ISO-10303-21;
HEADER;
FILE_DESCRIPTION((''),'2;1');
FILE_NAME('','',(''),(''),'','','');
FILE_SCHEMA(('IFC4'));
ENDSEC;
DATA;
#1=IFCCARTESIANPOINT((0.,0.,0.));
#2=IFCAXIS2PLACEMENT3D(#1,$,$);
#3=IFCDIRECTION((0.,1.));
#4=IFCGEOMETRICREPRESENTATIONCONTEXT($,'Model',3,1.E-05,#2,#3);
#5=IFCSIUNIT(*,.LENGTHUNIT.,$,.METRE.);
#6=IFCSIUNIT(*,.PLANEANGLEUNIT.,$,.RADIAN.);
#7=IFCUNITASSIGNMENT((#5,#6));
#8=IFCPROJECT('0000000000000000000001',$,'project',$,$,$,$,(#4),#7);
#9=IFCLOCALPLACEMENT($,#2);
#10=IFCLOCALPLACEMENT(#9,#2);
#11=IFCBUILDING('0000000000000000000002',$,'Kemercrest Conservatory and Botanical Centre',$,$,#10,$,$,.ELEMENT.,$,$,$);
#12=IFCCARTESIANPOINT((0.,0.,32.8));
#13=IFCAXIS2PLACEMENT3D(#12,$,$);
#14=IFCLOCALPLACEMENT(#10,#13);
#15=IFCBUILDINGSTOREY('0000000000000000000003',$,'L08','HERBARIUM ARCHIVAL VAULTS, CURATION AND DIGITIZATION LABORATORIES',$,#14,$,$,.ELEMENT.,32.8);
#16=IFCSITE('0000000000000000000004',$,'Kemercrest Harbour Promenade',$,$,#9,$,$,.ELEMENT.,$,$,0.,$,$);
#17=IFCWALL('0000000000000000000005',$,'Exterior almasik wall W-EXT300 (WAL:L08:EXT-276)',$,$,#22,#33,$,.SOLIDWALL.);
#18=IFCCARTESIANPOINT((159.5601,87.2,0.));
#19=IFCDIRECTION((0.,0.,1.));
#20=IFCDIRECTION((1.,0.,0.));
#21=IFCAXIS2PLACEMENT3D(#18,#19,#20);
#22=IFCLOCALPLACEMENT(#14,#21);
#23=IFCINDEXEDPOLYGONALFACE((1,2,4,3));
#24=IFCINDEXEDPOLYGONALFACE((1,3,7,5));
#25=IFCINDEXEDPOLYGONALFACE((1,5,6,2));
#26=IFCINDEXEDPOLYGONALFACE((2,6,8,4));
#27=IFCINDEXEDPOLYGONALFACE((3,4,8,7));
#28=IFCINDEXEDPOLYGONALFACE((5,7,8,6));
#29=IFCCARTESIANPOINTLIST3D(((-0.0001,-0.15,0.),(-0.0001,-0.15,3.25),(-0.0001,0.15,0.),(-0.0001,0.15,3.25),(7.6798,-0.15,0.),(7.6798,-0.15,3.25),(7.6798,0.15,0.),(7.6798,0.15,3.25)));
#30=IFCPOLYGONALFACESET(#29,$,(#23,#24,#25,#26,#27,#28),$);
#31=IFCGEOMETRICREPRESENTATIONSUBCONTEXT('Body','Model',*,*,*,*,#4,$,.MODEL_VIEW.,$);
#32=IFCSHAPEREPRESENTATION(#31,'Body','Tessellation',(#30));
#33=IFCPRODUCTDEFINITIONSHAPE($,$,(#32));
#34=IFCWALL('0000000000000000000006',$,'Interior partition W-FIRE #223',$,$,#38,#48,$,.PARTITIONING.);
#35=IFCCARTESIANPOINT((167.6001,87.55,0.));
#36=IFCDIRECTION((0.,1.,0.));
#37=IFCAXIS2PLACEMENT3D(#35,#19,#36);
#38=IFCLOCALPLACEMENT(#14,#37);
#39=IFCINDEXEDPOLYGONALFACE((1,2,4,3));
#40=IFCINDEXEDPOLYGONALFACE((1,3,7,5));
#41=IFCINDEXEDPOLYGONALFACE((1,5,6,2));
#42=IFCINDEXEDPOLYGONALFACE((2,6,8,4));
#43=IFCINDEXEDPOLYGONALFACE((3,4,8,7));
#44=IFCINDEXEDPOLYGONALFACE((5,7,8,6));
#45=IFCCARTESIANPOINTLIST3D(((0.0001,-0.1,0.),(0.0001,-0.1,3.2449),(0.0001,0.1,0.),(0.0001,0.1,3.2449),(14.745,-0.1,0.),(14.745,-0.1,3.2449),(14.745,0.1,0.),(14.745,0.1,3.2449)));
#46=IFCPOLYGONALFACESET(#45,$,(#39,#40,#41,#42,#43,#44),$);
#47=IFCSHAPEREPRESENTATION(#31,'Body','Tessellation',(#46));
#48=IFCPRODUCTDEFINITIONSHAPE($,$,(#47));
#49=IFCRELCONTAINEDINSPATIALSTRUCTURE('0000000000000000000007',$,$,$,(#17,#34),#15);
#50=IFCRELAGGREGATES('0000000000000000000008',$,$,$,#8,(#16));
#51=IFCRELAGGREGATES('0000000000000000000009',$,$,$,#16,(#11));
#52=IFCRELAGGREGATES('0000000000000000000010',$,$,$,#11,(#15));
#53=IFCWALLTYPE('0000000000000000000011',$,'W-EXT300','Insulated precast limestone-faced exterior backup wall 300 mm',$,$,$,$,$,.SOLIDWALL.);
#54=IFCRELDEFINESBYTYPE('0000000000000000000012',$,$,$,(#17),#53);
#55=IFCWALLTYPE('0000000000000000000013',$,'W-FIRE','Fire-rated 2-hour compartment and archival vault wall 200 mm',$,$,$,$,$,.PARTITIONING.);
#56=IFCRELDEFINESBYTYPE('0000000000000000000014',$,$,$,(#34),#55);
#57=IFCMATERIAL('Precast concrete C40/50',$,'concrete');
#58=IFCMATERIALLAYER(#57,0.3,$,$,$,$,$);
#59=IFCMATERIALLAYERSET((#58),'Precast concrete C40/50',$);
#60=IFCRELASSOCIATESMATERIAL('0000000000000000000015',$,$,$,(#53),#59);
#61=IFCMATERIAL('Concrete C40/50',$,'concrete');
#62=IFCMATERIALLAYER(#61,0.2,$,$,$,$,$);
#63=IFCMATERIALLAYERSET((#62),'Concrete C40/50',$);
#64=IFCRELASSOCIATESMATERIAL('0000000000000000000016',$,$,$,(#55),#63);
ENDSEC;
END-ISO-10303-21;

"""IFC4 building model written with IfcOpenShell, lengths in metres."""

from ifc_helpers import new_model, si_unit, direction, frame, frame_2d, origin, place, context, subcontext, project, spatial, rectangle, extrude, material, layer, layer_set, type_object, element, save


model = new_model("IFC4")

# Units and contexts
model_context = context("Model", 3, precision=1e-05, world=origin(), true_north=direction((0.0, 1.0)))
body_context = subcontext(model_context, "Body", "Model", "MODEL_VIEW")
ifc_project = project(units=[si_unit("LENGTHUNIT", "METRE"), si_unit("PLANEANGLEUNIT", "RADIAN")], contexts=[model_context])

# Site, building, storey
site_placement = place(None, origin())
site = spatial("IfcSite", under=ifc_project, at=site_placement, Name="Kemercrest Harbour Promenade", CompositionType="ELEMENT", RefElevation=0.0)
building_placement = place(site_placement, origin())
building = spatial("IfcBuilding", under=site, at=building_placement, Name="Kemercrest Conservatory and Botanical Centre", CompositionType="ELEMENT")
storey_placement = place(building_placement, frame((0.0, 0.0, 32.8)))
storey = spatial("IfcBuildingStorey", under=building, at=storey_placement, Name="L08", Description="HERBARIUM ARCHIVAL VAULTS, CURATION AND DIGITIZATION LABORATORIES", CompositionType="ELEMENT", Elevation=32.8)

# Shared definitions
ifc_material_1 = material(Name="Concrete C40/50", Category="concrete")

# Walls
ifc_material_2 = material(Name="Precast concrete C40/50", Category="concrete")
ifc_layer_1 = layer(ifc_material_2, 0.3)
ifc_layer_set_1 = layer_set([ifc_layer_1], Name="Precast concrete C40/50")
wall_type_1 = type_object("IfcWallType", Name="W-EXT300", Description="Insulated precast limestone-faced exterior backup wall 300 mm", PredefinedType="SOLIDWALL", material=ifc_layer_set_1)
wall_1_placement = place(storey_placement, frame((159.5601, 87.2, 0.0), z_axis=(0.0, 0.0, 1.0), x_axis=(1.0, 0.0, 0.0)))
element("IfcWall", 1, at=wall_1_placement, inside=storey, type_object=wall_type_1, Name="Exterior almasik wall W-EXT300 (WAL:L08:EXT-276)", PredefinedType="SOLIDWALL", context=body_context, shape_type="SweptSolid", body=[
    extrude(rectangle(XDim=7.6799, YDim=0.3, at=frame_2d((3.8398, 0.0))), origin(), (0.0, 0.0, 1.0), 3.25),
])
ifc_layer_2 = layer(ifc_material_1, 0.2)
ifc_layer_set_2 = layer_set([ifc_layer_2], Name="Concrete C40/50")
wall_type_2 = type_object("IfcWallType", Name="W-FIRE", Description="Fire-rated 2-hour compartment and archival vault wall 200 mm", PredefinedType="PARTITIONING", material=ifc_layer_set_2)
wall_2_placement = place(storey_placement, frame((167.6001, 87.55, 0.0), z_axis=(0.0, 0.0, 1.0), x_axis=(0.0, 1.0, 0.0)))
element("IfcWall", 2, at=wall_2_placement, inside=storey, type_object=wall_type_2, Name="Interior partition W-FIRE #223", PredefinedType="PARTITIONING", context=body_context, shape_type="SweptSolid", body=[
    extrude(rectangle(XDim=14.7449, YDim=0.2, at=frame_2d((7.3726, 0.0))), origin(), (0.0, 0.0, 1.0), 3.2449),
])

save(model, "model.ifc")
